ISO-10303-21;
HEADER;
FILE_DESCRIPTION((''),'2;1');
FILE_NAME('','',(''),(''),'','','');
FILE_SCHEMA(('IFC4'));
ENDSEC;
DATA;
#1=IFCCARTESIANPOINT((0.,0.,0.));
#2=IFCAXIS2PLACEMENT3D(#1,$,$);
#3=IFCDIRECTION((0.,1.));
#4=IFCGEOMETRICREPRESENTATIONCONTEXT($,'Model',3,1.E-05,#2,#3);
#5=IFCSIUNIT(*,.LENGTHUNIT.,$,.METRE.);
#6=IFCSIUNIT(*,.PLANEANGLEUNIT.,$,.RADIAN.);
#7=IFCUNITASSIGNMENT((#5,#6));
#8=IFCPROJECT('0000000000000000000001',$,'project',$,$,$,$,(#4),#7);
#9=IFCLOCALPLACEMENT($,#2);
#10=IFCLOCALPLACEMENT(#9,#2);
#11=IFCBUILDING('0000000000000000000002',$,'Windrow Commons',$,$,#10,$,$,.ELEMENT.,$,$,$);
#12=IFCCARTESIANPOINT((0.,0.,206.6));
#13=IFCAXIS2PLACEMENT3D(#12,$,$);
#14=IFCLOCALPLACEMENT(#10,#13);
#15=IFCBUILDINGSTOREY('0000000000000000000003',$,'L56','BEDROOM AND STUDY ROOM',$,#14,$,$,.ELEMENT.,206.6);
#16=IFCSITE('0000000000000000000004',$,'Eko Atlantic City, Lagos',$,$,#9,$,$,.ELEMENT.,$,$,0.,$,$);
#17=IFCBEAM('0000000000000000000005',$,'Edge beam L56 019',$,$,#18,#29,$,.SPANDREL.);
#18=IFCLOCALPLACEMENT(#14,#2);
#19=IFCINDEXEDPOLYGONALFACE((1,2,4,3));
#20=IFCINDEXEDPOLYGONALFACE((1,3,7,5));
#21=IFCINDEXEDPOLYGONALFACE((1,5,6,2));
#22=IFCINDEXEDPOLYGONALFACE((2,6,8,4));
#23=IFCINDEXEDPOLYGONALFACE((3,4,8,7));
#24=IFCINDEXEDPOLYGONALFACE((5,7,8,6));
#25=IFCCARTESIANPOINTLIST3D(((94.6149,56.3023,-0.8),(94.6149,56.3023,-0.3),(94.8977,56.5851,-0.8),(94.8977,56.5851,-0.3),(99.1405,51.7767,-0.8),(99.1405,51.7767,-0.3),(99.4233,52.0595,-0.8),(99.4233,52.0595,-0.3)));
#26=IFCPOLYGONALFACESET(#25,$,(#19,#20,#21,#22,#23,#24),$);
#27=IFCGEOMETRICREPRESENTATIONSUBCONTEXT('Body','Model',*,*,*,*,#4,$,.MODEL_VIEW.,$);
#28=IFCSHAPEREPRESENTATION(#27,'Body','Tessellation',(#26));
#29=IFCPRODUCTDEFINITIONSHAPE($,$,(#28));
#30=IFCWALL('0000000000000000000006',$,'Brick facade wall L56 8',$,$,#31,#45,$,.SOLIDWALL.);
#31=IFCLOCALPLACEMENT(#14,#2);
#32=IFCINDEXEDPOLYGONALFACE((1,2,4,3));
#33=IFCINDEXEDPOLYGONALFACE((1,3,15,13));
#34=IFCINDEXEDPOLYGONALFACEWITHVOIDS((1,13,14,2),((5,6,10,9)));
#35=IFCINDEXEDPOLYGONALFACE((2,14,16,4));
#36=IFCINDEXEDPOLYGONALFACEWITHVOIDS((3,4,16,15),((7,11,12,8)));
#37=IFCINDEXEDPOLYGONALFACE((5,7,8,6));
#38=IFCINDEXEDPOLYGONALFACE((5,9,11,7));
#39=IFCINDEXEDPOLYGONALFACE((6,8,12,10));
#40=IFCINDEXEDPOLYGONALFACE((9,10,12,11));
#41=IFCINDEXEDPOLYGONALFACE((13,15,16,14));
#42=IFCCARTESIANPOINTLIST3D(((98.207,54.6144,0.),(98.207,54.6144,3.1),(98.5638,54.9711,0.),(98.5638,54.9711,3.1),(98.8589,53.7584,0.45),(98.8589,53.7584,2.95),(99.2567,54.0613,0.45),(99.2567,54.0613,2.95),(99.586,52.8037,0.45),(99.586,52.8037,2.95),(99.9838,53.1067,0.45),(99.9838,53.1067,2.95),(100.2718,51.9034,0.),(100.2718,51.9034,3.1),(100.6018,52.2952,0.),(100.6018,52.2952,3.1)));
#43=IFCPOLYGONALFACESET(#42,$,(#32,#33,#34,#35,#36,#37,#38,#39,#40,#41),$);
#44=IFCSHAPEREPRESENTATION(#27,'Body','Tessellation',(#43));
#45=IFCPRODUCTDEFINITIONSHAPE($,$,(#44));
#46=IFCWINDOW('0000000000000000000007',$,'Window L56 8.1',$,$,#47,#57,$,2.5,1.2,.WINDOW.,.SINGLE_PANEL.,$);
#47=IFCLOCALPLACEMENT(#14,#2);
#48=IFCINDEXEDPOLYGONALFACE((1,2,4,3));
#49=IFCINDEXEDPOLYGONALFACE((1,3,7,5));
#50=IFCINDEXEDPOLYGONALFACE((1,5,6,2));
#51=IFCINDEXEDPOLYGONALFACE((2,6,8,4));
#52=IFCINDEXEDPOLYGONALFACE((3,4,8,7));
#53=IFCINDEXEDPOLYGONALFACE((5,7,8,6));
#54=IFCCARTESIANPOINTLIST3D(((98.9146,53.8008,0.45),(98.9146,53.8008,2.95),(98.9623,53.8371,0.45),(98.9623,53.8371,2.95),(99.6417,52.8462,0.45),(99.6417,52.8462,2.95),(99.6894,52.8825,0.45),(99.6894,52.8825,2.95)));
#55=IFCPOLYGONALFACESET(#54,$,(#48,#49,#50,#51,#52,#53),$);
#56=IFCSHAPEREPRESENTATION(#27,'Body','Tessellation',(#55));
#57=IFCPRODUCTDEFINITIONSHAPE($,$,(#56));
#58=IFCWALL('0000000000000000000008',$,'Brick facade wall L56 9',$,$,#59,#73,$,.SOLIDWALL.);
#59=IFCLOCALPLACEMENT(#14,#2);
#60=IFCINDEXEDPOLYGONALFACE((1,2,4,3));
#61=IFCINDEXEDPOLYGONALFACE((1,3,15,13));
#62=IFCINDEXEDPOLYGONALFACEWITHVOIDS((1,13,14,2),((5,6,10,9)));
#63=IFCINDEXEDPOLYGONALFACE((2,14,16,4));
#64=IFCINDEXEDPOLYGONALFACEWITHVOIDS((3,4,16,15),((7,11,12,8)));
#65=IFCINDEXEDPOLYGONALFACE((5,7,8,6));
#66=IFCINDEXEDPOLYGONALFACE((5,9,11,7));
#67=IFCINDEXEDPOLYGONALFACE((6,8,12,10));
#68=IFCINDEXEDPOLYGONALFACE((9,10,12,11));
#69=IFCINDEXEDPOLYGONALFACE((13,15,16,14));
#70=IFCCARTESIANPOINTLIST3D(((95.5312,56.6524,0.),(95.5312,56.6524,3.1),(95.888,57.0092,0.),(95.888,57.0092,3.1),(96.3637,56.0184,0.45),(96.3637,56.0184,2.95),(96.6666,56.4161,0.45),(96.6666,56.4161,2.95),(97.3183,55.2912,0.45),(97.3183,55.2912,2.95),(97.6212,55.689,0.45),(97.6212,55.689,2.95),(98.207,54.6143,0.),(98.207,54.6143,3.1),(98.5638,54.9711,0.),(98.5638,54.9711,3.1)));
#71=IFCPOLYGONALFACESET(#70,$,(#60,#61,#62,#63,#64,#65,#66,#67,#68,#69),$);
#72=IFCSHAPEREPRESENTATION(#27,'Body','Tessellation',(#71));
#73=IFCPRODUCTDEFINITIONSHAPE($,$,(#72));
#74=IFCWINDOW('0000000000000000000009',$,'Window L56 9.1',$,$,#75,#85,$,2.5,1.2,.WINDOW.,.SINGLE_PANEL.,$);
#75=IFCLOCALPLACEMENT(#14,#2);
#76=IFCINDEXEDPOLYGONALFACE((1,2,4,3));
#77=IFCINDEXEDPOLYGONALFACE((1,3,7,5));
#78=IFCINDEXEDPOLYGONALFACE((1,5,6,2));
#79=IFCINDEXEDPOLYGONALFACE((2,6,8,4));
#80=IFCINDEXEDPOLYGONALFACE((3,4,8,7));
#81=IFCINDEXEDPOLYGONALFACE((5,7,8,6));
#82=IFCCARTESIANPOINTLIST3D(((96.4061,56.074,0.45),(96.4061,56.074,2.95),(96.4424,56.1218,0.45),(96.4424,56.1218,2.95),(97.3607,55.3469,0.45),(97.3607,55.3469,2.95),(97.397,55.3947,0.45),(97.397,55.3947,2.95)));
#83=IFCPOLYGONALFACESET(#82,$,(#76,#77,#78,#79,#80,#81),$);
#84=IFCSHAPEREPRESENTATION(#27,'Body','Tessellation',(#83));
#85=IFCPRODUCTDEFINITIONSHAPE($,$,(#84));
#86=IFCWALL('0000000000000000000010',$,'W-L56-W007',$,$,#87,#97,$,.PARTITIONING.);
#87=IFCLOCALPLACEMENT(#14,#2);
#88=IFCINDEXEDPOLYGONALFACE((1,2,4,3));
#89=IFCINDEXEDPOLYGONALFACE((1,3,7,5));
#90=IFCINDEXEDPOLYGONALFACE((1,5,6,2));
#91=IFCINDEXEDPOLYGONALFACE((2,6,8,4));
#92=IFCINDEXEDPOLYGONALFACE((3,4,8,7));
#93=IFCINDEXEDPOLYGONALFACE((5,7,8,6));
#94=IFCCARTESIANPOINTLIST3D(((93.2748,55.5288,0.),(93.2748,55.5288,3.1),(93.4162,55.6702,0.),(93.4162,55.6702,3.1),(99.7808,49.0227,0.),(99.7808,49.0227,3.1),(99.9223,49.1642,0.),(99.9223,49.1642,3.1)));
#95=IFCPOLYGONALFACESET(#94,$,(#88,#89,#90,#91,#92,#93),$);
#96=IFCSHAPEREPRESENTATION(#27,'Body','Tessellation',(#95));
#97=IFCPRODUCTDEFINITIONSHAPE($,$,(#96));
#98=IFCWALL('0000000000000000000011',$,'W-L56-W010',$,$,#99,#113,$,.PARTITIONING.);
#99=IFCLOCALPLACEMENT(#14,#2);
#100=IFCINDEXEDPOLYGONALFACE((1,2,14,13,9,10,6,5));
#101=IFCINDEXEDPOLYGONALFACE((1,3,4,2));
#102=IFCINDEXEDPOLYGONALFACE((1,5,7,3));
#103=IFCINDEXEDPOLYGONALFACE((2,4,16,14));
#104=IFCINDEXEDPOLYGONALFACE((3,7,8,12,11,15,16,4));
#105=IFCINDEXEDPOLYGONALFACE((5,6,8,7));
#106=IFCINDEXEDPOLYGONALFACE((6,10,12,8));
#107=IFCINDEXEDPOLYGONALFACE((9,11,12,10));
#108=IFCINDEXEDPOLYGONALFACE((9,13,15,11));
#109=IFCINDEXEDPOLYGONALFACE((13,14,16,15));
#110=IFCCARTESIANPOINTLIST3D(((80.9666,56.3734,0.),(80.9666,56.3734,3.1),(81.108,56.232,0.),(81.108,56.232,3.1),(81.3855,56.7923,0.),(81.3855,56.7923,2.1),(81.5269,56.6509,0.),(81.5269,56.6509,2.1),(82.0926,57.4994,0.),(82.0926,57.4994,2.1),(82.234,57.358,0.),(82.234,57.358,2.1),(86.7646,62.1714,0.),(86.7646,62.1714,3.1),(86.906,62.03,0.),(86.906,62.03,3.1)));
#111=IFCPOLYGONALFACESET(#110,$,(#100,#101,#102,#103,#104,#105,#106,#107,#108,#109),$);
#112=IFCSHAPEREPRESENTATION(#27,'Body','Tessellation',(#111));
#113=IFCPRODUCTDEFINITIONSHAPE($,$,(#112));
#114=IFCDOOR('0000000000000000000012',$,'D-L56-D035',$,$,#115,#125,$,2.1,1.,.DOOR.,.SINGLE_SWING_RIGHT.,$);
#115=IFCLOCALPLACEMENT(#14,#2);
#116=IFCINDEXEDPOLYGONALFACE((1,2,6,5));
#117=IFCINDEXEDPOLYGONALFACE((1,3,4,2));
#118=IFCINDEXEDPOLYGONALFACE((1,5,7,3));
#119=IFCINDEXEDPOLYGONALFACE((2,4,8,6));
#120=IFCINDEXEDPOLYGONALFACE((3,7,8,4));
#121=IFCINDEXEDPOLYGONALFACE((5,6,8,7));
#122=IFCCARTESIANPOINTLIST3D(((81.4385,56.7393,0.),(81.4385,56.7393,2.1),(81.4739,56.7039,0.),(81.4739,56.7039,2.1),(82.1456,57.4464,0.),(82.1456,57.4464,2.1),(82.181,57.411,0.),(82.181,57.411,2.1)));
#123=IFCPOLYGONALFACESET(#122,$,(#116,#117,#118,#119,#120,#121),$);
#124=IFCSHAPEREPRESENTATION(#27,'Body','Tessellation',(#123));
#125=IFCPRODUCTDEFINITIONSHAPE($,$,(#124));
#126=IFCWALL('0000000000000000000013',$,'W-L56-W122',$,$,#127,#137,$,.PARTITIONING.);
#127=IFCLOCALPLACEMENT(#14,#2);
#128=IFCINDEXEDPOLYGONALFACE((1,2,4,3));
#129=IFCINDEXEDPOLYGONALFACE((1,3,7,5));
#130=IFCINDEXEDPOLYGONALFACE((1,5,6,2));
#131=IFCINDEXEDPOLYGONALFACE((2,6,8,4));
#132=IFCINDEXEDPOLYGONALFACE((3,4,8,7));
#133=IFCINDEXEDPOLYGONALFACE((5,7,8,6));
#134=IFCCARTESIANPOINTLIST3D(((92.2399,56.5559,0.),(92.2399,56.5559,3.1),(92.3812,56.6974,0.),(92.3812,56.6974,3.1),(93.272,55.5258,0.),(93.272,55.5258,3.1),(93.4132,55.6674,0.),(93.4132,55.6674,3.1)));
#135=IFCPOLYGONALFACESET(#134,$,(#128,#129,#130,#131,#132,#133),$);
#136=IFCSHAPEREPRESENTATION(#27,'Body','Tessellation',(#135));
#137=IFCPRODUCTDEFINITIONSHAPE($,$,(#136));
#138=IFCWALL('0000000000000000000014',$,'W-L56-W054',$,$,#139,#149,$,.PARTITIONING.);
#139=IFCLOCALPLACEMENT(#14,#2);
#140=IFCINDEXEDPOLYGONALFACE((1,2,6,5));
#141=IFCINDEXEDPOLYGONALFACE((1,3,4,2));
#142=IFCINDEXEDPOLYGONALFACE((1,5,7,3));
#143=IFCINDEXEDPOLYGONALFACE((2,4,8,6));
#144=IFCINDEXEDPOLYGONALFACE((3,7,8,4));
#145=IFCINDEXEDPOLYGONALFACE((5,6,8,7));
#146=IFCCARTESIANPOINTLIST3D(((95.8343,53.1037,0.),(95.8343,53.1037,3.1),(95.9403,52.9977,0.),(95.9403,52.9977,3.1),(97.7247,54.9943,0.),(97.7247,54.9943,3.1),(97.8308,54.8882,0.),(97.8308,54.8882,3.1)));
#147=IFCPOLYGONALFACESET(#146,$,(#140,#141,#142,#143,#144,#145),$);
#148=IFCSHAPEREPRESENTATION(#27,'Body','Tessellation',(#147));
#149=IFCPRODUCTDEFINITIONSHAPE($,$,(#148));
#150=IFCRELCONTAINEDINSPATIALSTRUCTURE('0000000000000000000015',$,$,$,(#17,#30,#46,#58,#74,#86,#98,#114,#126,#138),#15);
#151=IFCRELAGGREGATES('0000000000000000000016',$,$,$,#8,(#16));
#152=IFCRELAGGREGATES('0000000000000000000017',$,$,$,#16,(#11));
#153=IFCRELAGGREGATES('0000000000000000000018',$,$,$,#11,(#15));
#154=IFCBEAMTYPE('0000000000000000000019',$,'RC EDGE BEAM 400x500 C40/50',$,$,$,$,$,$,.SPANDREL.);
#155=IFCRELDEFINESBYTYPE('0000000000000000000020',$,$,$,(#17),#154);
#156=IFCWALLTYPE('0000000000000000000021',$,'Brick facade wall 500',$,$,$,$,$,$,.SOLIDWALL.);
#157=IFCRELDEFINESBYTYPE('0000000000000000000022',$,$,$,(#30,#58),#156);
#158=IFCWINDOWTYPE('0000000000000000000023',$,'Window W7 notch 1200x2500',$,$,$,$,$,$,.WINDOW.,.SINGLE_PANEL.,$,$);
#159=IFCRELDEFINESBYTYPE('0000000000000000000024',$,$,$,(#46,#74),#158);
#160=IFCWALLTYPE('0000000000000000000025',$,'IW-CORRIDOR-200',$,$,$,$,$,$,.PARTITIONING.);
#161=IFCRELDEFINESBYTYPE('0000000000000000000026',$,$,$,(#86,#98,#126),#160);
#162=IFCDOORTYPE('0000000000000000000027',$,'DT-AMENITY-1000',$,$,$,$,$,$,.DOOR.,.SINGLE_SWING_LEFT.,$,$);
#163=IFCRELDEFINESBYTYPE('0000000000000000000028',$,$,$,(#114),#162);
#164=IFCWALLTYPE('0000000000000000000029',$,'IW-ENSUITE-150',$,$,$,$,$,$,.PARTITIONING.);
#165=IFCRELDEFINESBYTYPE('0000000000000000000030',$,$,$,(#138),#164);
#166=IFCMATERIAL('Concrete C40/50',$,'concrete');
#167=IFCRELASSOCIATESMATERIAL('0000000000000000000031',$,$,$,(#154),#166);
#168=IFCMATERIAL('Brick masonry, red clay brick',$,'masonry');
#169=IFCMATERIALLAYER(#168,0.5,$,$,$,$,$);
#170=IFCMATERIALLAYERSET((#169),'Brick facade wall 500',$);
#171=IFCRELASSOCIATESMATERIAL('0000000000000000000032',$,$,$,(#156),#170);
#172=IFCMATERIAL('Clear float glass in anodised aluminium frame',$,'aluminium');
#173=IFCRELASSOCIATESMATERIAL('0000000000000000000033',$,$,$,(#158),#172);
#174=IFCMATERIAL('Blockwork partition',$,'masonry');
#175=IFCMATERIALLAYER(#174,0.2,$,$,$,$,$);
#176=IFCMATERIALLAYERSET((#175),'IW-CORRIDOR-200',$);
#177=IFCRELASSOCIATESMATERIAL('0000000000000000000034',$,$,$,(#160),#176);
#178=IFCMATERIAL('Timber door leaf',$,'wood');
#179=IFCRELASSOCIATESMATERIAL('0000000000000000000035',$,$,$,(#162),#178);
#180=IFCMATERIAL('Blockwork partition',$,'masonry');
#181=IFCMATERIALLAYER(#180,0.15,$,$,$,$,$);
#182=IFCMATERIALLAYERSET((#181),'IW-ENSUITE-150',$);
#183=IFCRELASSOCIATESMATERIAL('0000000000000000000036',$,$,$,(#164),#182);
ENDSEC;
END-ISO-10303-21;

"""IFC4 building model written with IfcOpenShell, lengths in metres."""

from ifc_helpers import new_model, si_unit, direction, frame, frame_2d, origin, origin_2d, place, context, subcontext, project, spatial, polyline, rectangle, outline, extrude, material, layer, layer_set, material_profile, profile_set, type_object, element, fill, save


model = new_model("IFC4")

# Units and contexts
model_context = context("Model", 3, precision=1e-05, world=origin(), true_north=direction((0.0, 1.0)))
body_context = subcontext(model_context, "Body", "Model", "MODEL_VIEW")
ifc_project = project(units=[si_unit("LENGTHUNIT", "METRE"), si_unit("PLANEANGLEUNIT", "RADIAN")], contexts=[model_context])

# Site, building, storey
site_placement = place(None, origin())
site = spatial("IfcSite", under=ifc_project, at=site_placement, Name="Eko Atlantic City, Lagos", CompositionType="ELEMENT", RefElevation=0.0)
building_placement = place(site_placement, origin())
building = spatial("IfcBuilding", under=site, at=building_placement, Name="Windrow Commons", CompositionType="ELEMENT")
storey_placement = place(building_placement, frame((0.0, 0.0, 206.6)))
storey = spatial("IfcBuildingStorey", under=building, at=storey_placement, Name="L56", Description="BEDROOM AND STUDY ROOM", CompositionType="ELEMENT", Elevation=206.6)

# Beam
ifc_material_1 = material(Name="Concrete C40/50", Category="concrete")
ifc_material_profile = material_profile(ifc_material_1, rectangle(XDim=0.4, YDim=0.5, at=origin_2d()))
ifc_profile_set = profile_set([ifc_material_profile], Name="Concrete C40/50")
beam_type = type_object("IfcBeamType", Name="RC EDGE BEAM 400x500 C40/50", PredefinedType="SPANDREL", material=ifc_profile_set)
beam_placement = place(storey_placement, frame((94.7563, 56.4437, -0.55), z_axis=(0.707107, -0.707107, 0.0), x_axis=(0.707107, 0.707107, 0.0)))
element("IfcBeam", 1, at=beam_placement, inside=storey, type_object=beam_type, Name="Edge beam L56 019", PredefinedType="SPANDREL", context=body_context, shape_type="SweptSolid", body=[
    extrude(rectangle(XDim=0.4, YDim=0.5, at=origin_2d()), origin(), (0.0, 0.0, 1.0), 6.4002),
])

# Walls, openings, windows
ifc_material_2 = material(Name="Brick masonry, red clay brick", Category="masonry")
ifc_layer_1 = layer(ifc_material_2, 0.5)
ifc_layer_set_1 = layer_set([ifc_layer_1], Name="Brick facade wall 500")
wall_type_1 = type_object("IfcWallType", Name="Brick facade wall 500", PredefinedType="SOLIDWALL", material=ifc_layer_set_1)
wall_1_placement = place(storey_placement, frame((100.4368, 52.0993, 0.0), z_axis=(0.0, 0.0, 1.0), x_axis=(-0.60591, 0.795533, 0.0)))
wall_1 = element("IfcWall", 2, at=wall_1_placement, inside=storey, type_object=wall_type_1, Name="Brick facade wall L56 8", PredefinedType="SOLIDWALL", context=body_context, shape_type="SweptSolid", body=[
    extrude(outline(polyline([(0.0559, -0.25), (3.4195, -0.25), (3.3519, 0.25), (-0.0559, 0.25), (0.0559, -0.25)])), origin(), (0.0, 0.0, 1.0), 3.1),
])
opening_1_placement = place(wall_1_placement, frame((1.0759, 0.0, 0.45)))
opening_1 = element("IfcOpeningElement", 3, at=opening_1_placement, cuts=wall_1, PredefinedType="OPENING", context=body_context, shape_type="SweptSolid", body=[
    extrude(rectangle(XDim=1.2, YDim=2.5, at=frame_2d((0.6, 1.25))), frame((0.0, 0.26, 0.0), z_axis=(0.0, -1.0, 0.0), x_axis=(1.0, 0.0, 0.0)), (0.0, 0.0, 1.0), 0.52),
])
ifc_material_3 = material(Name="Clear float glass in anodised aluminium frame", Category="aluminium")
window_type = type_object("IfcWindowType", Name="Window W7 notch 1200x2500", PartitioningType="SINGLE_PANEL", PredefinedType="WINDOW", material=ifc_material_3)
window_1_placement = place(opening_1_placement, origin())
window_1 = element("IfcWindow", 4, at=window_1_placement, inside=storey, type_object=window_type, Name="Window L56 8.1", OverallHeight=2.5, OverallWidth=1.2, PartitioningType="SINGLE_PANEL", PredefinedType="WINDOW", context=body_context, shape_type="SweptSolid", body=[
    extrude(rectangle(XDim=1.2, YDim=2.5, at=frame_2d((0.6, 1.25))), frame((0.0, 0.18, 0.0), z_axis=(0.0, -1.0, 0.0), x_axis=(1.0, 0.0, 0.0)), (0.0, 0.0, 1.0), 0.06),
])
fill(opening_1, window_1)
wall_2_placement = place(storey_placement, frame((98.3854, 54.7927, 0.0), z_axis=(0.0, 0.0, 1.0), x_axis=(-0.795518, 0.605929, 0.0)))
wall_2 = element("IfcWall", 5, at=wall_2_placement, inside=storey, type_object=wall_type_1, Name="Brick facade wall L56 9", PredefinedType="SOLIDWALL", context=body_context, shape_type="SweptSolid", body=[
    extrude(outline(polyline([(-0.0338, -0.25), (3.3298, -0.25), (3.3974, 0.25), (0.0338, 0.25), (-0.0338, -0.25)])), origin(), (0.0, 0.0, 1.0), 3.1),
])
opening_2_placement = place(wall_2_placement, frame((1.151, 0.0, 0.45)))
opening_2 = element("IfcOpeningElement", 6, at=opening_2_placement, cuts=wall_2, PredefinedType="OPENING", context=body_context, shape_type="SweptSolid", body=[
    extrude(rectangle(XDim=1.2, YDim=2.5, at=frame_2d((0.6, 1.25))), frame((0.0, 0.26, 0.0), z_axis=(0.0, -1.0, 0.0), x_axis=(1.0, 0.0, 0.0)), (0.0, 0.0, 1.0), 0.52),
])
window_2_placement = place(opening_2_placement, origin())
window_2 = element("IfcWindow", 7, at=window_2_placement, inside=storey, type_object=window_type, Name="Window L56 9.1", OverallHeight=2.5, OverallWidth=1.2, PartitioningType="SINGLE_PANEL", PredefinedType="WINDOW", context=body_context, shape_type="SweptSolid", body=[
    extrude(rectangle(XDim=1.2, YDim=2.5, at=frame_2d((0.6, 1.25))), frame((0.0, 0.18, 0.0), z_axis=(0.0, -1.0, 0.0), x_axis=(1.0, 0.0, 0.0)), (0.0, 0.0, 1.0), 0.06),
])
fill(opening_2, window_2)

# Wall
ifc_material_4 = material(Name="Blockwork partition", Category="masonry")
ifc_layer_2 = layer(ifc_material_4, 0.2)
ifc_layer_set_2 = layer_set([ifc_layer_2], Name="IW-CORRIDOR-200")
wall_type_2 = type_object("IfcWallType", Name="IW-CORRIDOR-200", PredefinedType="PARTITIONING", material=ifc_layer_set_2)
wall_3_placement = place(storey_placement, frame((93.3455, 55.5995, 0.0), z_axis=(0.0, 0.0, 1.0), x_axis=(0.707107, -0.707107, 0.0)))
element("IfcWall", 8, at=wall_3_placement, inside=storey, type_object=wall_type_2, Name="W-L56-W007", PredefinedType="PARTITIONING", context=body_context, shape_type="SweptSolid", body=[
    extrude(rectangle(XDim=9.2009, YDim=0.2, at=frame_2d((4.6005, 0.0))), origin(), (0.0, 0.0, 1.0), 3.1),
])

# Wall, opening, door
wall_4_placement = place(storey_placement, frame((81.0373, 56.3027, 0.0), z_axis=(0.0, 0.0, 1.0), x_axis=(0.707107, 0.707107, 0.0)))
wall_4 = element("IfcWall", 9, at=wall_4_placement, inside=storey, type_object=wall_type_2, Name="W-L56-W010", PredefinedType="PARTITIONING", context=body_context, shape_type="SweptSolid", body=[
    extrude(rectangle(XDim=8.1996, YDim=0.2, at=frame_2d((4.0998, 0.0))), origin(), (0.0, 0.0, 1.0), 3.1),
])
opening_3_placement = place(wall_4_placement, frame((0.5924, 0.0, 0.0)))
opening_3 = element("IfcOpeningElement", 10, at=opening_3_placement, cuts=wall_4, PredefinedType="OPENING", context=body_context, shape_type="SweptSolid", body=[
    extrude(rectangle(XDim=1.0, YDim=2.1, at=frame_2d((0.5, 1.05))), frame((0.0, 0.11, 0.0), z_axis=(0.0, -1.0, 0.0), x_axis=(1.0, 0.0, 0.0)), (0.0, 0.0, 1.0), 0.22),
])
ifc_material_5 = material(Name="Timber door leaf", Category="wood")
door_type_1 = type_object("IfcDoorType", Name="DT-AMENITY-1000", OperationType="SINGLE_SWING_LEFT", PredefinedType="DOOR", material=ifc_material_5)
door_1_placement = place(opening_3_placement, origin())
door_1 = element("IfcDoor", 11, at=door_1_placement, inside=storey, type_object=door_type_1, Name="D-L56-D035", OperationType="SINGLE_SWING_RIGHT", OverallHeight=2.1, OverallWidth=1.0, PredefinedType="DOOR", context=body_context, shape_type="SweptSolid", body=[
    extrude(rectangle(XDim=1.0, YDim=2.1, at=frame_2d((0.5, 1.05))), frame((0.0, 0.025, 0.0), z_axis=(0.0, -1.0, 0.0), x_axis=(1.0, 0.0, 0.0)), (0.0, 0.0, 1.0), 0.05),
])
fill(opening_3, door_1)

# Walls
wall_5_placement = place(storey_placement, frame((92.3106, 56.6266, 0.0), z_axis=(0.0, 0.0, 1.0), x_axis=(0.707792, -0.706421, 0.0)))
element("IfcWall", 12, at=wall_5_placement, inside=storey, type_object=wall_type_2, Name="W-L56-W122", PredefinedType="PARTITIONING", context=body_context, shape_type="SweptSolid", body=[
    extrude(rectangle(XDim=1.4581, YDim=0.2, at=frame_2d((0.729, 0.0))), origin(), (0.0, 0.0, 1.0), 3.1),
])
ifc_material_6 = material(Name="Blockwork partition", Category="masonry")
ifc_layer_3 = layer(ifc_material_6, 0.15)
ifc_layer_set_3 = layer_set([ifc_layer_3], Name="IW-ENSUITE-150")
wall_type_3 = type_object("IfcWallType", Name="IW-ENSUITE-150", PredefinedType="PARTITIONING", material=ifc_layer_set_3)
wall_6_placement = place(storey_placement, frame((95.8873, 53.0507, 0.0), z_axis=(0.0, 0.0, 1.0), x_axis=(0.707088, 0.707125, 0.0)))
element("IfcWall", 13, at=wall_6_placement, inside=storey, type_object=wall_type_3, Name="W-L56-W054", PredefinedType="PARTITIONING", context=body_context, shape_type="SweptSolid", body=[
    extrude(rectangle(XDim=2.6736, YDim=0.15, at=frame_2d((1.3368, 0.0))), origin(), (0.0, 0.0, 1.0), 3.1),
])

save(model, "model.ifc")
